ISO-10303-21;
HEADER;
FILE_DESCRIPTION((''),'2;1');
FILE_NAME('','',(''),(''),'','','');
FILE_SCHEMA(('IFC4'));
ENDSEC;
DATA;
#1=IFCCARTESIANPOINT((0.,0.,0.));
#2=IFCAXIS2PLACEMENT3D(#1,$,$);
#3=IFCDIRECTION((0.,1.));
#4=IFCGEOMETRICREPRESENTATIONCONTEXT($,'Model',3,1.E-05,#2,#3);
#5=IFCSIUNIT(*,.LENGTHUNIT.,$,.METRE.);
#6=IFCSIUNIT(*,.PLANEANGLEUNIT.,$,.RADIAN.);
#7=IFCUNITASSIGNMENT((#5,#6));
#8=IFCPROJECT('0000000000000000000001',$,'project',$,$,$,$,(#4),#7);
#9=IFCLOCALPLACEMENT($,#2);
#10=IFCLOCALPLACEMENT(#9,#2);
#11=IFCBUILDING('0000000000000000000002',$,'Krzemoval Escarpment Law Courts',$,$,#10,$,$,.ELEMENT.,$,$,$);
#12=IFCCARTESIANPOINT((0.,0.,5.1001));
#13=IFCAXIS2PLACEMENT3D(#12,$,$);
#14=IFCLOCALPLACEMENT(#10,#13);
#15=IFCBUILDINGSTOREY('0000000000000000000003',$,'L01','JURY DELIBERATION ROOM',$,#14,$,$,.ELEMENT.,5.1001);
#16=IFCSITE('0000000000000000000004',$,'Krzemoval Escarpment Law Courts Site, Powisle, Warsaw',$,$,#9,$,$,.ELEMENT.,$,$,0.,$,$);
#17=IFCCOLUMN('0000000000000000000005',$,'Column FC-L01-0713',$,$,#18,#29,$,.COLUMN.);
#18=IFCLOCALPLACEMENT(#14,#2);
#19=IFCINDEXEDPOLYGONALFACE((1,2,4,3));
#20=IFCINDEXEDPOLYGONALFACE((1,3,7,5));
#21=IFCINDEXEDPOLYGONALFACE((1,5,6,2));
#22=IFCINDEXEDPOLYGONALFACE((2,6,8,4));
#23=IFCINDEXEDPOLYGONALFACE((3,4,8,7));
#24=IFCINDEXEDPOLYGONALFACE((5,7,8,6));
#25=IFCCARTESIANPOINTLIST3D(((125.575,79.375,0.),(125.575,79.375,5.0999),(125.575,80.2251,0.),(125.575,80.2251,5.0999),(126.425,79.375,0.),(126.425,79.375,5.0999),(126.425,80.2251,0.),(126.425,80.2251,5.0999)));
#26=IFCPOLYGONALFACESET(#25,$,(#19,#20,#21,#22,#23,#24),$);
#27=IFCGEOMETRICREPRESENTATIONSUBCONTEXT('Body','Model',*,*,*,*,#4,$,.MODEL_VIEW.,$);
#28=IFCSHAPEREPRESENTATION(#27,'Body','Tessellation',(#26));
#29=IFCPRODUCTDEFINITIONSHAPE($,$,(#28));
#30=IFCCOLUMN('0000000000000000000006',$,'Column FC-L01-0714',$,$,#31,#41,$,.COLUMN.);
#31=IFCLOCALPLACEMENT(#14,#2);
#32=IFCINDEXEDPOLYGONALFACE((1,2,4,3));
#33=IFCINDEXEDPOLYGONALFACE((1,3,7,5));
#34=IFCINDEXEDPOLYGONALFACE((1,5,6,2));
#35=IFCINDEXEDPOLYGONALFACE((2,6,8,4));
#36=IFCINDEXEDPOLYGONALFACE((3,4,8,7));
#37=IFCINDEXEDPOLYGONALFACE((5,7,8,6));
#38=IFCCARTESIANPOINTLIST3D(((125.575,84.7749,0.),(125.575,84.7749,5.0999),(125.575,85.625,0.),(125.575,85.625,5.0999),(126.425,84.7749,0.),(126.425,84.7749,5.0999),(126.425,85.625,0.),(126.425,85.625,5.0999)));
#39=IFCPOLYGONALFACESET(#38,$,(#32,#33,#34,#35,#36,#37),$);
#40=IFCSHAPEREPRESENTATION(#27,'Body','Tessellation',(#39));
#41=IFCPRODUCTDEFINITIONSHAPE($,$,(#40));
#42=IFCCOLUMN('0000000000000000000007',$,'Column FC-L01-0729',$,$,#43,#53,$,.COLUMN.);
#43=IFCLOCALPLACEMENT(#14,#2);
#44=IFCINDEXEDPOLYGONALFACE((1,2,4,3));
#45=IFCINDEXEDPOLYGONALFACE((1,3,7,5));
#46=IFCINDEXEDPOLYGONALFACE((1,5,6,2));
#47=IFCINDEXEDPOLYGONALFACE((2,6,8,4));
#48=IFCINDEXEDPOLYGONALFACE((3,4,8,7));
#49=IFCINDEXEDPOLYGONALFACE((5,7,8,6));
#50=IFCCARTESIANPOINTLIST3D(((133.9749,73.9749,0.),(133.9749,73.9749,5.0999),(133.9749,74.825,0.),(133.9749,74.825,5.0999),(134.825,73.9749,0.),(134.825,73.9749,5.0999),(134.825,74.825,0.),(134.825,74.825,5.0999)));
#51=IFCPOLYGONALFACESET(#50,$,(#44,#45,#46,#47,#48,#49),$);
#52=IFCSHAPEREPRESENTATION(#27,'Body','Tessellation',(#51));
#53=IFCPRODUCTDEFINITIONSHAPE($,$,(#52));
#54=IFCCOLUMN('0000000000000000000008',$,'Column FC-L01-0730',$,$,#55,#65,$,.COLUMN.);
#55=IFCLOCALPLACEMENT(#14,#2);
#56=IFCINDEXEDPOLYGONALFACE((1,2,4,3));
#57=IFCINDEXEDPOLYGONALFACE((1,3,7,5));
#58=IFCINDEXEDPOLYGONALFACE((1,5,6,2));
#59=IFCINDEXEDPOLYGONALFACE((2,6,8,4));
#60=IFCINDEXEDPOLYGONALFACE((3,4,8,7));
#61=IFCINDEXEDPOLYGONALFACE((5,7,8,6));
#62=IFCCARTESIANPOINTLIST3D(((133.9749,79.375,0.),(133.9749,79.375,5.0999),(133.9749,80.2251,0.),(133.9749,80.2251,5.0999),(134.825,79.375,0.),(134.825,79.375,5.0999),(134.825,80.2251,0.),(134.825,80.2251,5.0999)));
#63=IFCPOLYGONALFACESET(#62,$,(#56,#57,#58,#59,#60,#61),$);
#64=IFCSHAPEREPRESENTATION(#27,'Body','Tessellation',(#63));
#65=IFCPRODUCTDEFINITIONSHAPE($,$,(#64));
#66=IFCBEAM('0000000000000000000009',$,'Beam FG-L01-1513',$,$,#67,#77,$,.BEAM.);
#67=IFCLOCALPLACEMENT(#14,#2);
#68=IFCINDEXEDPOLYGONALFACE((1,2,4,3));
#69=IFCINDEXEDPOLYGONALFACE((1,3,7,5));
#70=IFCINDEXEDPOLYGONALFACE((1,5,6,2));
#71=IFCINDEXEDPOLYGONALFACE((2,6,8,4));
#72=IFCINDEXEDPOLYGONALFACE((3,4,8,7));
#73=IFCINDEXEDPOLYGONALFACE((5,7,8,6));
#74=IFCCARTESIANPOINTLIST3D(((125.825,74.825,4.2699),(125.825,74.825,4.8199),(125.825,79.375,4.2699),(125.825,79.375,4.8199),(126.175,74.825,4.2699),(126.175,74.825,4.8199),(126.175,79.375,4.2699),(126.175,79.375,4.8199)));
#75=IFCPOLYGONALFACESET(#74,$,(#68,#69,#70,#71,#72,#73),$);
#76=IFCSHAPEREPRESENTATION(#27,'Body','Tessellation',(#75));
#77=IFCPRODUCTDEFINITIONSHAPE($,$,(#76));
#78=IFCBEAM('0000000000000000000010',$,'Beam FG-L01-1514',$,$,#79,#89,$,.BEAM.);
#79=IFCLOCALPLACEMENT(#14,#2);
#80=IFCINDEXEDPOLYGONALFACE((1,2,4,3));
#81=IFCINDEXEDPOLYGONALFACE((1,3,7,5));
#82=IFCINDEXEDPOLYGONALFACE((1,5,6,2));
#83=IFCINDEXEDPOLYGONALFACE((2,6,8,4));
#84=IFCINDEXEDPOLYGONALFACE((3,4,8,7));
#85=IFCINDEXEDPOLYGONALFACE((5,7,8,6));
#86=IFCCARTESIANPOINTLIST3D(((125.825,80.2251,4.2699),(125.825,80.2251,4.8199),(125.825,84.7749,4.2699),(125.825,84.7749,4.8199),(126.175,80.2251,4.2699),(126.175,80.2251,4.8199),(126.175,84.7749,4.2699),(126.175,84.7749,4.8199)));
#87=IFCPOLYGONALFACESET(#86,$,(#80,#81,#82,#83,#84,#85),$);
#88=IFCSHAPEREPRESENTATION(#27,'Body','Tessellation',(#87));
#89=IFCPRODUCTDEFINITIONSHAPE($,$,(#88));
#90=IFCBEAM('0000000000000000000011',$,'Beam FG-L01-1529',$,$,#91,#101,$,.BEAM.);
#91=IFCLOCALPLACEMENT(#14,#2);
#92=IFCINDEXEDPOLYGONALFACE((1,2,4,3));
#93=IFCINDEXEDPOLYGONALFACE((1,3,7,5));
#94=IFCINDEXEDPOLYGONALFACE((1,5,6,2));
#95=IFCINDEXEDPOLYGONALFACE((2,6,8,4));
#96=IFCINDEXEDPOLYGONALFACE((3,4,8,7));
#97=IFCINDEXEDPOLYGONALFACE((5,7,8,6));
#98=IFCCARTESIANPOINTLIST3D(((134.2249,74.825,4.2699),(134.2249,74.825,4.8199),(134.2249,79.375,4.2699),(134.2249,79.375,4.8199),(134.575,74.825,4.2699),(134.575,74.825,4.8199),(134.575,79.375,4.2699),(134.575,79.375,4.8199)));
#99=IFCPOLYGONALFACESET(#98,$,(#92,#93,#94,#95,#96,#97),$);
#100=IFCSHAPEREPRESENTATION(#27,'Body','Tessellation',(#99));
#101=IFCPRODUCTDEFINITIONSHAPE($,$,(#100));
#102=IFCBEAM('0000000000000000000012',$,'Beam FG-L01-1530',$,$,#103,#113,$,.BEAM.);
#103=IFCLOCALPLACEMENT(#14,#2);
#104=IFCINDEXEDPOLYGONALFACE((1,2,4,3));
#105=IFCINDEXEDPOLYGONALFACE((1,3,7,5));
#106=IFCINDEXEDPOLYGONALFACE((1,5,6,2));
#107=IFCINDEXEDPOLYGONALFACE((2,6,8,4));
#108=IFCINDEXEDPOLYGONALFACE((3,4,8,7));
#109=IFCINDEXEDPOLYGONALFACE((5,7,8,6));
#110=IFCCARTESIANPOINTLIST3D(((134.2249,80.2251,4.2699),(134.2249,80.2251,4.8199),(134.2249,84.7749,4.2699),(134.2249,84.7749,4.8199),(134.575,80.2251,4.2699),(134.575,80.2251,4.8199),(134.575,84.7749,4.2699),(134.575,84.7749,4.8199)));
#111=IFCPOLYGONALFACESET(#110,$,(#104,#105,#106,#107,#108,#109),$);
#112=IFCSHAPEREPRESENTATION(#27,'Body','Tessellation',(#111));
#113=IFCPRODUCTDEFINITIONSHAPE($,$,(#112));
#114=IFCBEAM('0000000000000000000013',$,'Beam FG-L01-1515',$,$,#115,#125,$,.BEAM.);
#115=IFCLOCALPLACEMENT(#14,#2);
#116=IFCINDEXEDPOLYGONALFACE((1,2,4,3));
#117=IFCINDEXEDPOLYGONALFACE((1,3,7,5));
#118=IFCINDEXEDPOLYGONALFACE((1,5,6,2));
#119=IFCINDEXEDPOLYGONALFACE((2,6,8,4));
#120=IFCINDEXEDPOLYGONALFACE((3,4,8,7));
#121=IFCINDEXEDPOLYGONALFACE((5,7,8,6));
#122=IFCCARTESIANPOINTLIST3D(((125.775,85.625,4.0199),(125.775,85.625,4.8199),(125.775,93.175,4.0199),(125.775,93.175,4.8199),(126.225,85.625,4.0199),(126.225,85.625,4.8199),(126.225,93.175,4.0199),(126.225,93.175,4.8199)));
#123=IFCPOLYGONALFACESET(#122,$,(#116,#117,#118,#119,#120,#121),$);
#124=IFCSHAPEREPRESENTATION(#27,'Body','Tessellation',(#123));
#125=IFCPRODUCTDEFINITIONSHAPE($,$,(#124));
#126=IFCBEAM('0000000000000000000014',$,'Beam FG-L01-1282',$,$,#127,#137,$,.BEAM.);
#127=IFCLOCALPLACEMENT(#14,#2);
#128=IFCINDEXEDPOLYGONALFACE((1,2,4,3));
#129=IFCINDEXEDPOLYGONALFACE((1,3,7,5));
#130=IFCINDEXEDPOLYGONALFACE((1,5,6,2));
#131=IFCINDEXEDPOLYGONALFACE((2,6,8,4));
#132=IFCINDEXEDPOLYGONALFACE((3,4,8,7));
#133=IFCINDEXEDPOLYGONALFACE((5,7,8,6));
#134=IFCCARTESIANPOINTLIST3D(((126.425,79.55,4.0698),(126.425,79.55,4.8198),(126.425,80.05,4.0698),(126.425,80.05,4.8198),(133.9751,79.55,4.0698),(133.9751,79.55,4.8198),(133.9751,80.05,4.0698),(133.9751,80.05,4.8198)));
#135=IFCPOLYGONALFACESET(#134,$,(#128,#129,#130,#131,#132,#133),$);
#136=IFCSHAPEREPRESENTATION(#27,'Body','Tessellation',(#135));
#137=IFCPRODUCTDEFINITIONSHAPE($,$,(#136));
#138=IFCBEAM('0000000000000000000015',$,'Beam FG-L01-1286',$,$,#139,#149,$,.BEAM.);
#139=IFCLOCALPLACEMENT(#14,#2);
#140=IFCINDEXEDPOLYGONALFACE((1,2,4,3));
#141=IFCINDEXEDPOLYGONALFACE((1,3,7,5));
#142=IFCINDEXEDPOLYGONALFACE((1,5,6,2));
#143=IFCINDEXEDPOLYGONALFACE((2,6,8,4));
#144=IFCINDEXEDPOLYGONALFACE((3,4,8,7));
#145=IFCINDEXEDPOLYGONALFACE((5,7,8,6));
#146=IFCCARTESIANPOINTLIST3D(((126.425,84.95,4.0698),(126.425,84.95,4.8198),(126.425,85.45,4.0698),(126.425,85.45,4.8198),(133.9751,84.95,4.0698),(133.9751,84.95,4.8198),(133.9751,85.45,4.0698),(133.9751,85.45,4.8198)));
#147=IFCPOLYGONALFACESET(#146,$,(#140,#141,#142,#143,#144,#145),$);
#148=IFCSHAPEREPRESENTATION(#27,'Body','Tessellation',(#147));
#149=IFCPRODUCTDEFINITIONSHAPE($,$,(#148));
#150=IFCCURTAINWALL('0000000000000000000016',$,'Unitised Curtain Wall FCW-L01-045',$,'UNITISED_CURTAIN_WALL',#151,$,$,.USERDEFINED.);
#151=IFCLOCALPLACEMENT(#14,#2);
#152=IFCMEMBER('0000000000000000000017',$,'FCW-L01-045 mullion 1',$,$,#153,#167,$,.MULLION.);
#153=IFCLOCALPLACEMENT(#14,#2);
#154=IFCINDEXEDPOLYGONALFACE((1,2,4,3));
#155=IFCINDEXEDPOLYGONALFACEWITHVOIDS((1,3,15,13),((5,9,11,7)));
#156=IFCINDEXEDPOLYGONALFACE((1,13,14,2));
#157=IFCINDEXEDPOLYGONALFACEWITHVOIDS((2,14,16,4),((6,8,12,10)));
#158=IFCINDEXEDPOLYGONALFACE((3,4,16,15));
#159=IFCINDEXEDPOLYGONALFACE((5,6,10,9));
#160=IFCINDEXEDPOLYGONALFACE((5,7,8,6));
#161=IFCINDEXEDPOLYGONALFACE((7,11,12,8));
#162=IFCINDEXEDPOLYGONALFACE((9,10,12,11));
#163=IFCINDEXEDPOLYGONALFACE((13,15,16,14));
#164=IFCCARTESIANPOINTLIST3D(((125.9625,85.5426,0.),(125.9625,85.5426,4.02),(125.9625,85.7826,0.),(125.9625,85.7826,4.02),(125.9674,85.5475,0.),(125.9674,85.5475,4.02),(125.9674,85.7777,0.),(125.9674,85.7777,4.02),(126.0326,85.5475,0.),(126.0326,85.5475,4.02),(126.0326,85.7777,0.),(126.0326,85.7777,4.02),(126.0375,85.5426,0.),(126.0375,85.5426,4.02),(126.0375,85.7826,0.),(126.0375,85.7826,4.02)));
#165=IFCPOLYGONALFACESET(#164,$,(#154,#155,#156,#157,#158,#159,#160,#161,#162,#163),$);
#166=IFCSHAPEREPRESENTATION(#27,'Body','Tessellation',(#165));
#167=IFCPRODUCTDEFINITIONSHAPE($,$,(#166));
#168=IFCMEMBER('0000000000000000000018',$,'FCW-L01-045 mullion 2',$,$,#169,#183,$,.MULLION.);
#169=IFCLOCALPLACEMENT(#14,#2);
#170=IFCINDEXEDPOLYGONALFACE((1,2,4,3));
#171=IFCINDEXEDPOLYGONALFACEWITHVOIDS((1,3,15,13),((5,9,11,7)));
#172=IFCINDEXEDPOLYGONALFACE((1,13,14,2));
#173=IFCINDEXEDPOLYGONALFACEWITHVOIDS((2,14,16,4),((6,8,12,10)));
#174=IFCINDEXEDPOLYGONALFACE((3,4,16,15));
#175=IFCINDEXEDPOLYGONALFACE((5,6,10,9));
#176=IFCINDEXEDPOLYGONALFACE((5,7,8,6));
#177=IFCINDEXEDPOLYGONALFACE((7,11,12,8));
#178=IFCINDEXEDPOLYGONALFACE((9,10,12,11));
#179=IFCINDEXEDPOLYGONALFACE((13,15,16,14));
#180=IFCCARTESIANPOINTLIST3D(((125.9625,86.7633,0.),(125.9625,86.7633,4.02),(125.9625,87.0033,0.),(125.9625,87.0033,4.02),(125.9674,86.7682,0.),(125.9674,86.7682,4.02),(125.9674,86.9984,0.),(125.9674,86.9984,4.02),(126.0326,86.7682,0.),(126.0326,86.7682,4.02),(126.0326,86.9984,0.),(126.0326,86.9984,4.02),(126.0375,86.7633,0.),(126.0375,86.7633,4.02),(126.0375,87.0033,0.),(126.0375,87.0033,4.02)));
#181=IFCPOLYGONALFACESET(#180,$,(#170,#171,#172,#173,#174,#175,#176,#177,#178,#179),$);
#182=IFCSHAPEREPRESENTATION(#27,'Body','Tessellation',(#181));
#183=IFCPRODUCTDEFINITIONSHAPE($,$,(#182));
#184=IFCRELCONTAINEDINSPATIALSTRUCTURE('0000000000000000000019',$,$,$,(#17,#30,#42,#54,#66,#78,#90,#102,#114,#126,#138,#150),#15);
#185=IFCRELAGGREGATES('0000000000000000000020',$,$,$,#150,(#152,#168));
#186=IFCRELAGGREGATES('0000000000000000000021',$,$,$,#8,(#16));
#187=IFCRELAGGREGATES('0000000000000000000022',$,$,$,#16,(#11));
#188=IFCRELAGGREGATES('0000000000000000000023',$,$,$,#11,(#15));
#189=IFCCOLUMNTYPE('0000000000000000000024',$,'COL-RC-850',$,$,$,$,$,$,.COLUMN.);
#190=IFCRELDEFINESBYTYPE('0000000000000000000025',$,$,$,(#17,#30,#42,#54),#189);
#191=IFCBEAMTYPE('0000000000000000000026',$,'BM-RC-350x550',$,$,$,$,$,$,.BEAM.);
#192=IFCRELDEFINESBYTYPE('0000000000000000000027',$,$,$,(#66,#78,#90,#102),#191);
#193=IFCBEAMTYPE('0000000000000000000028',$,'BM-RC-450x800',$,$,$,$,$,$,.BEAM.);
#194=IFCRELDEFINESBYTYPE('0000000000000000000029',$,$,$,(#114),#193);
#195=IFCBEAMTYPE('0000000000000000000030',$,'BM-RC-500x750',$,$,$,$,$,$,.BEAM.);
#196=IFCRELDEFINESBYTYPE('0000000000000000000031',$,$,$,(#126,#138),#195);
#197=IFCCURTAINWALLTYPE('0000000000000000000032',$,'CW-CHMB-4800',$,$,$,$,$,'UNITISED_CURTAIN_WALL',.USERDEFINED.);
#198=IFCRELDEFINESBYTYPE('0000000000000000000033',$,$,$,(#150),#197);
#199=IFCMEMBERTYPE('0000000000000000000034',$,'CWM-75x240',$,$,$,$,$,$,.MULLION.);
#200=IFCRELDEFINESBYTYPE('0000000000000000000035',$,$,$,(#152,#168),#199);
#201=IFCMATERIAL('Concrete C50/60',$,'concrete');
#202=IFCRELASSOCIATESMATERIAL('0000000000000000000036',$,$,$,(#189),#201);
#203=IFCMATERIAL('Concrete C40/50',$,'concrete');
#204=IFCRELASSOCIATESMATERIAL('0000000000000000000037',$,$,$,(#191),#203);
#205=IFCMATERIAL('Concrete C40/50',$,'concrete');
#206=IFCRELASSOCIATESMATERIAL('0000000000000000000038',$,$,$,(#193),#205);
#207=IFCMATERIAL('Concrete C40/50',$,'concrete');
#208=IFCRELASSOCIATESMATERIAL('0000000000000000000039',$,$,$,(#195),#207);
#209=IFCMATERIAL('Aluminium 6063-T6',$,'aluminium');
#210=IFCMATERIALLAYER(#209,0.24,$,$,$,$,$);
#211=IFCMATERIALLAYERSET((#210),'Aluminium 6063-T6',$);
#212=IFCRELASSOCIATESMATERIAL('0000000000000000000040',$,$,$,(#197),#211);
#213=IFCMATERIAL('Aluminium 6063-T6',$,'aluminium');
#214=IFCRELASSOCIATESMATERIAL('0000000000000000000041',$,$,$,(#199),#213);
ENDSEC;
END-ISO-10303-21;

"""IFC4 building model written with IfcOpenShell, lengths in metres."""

from ifc_helpers import new_model, si_unit, direction, frame, origin, origin_2d, place, context, subcontext, project, spatial, rectangle, hollow_rectangle, extrude, material, layer, layer_set, material_profile, profile_set, type_object, element, aggregate, save


model = new_model("IFC4")

# Units and contexts
model_context = context("Model", 3, precision=1e-05, world=origin(), true_north=direction((0.0, 1.0)))
body_context = subcontext(model_context, "Body", "Model", "MODEL_VIEW")
ifc_project = project(units=[si_unit("LENGTHUNIT", "METRE"), si_unit("PLANEANGLEUNIT", "RADIAN")], contexts=[model_context])

# Site, building, storey
site_placement = place(None, origin())
site = spatial("IfcSite", under=ifc_project, at=site_placement, Name="Krzemoval Escarpment Law Courts Site, Powisle, Warsaw", CompositionType="ELEMENT", RefElevation=0.0)
building_placement = place(site_placement, origin())
building = spatial("IfcBuilding", under=site, at=building_placement, Name="Krzemoval Escarpment Law Courts", CompositionType="ELEMENT")
storey_placement = place(building_placement, frame((0.0, 0.0, 5.1001)))
storey = spatial("IfcBuildingStorey", under=building, at=storey_placement, Name="L01", Description="JURY DELIBERATION ROOM", CompositionType="ELEMENT", Elevation=5.1001)

# Columns
ifc_material_1 = material(Name="Concrete C50/60", Category="concrete")
ifc_material_profile_1 = material_profile(ifc_material_1, rectangle(XDim=0.8501, YDim=0.8501, at=origin_2d()), Name="RC 850x850")
ifc_profile_set_1 = profile_set([ifc_material_profile_1], Name="Concrete C50/60")
column_type = type_object("IfcColumnType", Name="COL-RC-850", PredefinedType="COLUMN", material=ifc_profile_set_1)
for number, where, z_axis, x_axis, name in (
    (1, (126.0, 79.8, 0.0), (0.0, 0.0, 1.0), (1.0, 0.0, 0.0), "Column FC-L01-0713"),
    (2, (126.0, 85.2, 0.0), (0.0, 0.0, 1.0), (1.0, 0.0, 0.0), "Column FC-L01-0714"),
    (3, (134.3999, 74.3999, 0.0), (0.0, 0.0, 1.0), (1.0, 0.0, 0.0), "Column FC-L01-0729"),
    (4, (134.3999, 79.8, 0.0), (0.0, 0.0, 1.0), (1.0, 0.0, 0.0), "Column FC-L01-0730"),
):
    element("IfcColumn", number, at=place(storey_placement, frame(where, z_axis=z_axis, x_axis=x_axis)), inside=storey, type_object=column_type, Name=name, PredefinedType="COLUMN", context=body_context, shape_type="SweptSolid", body=[
        extrude(rectangle(XDim=0.8501, YDim=0.8501, at=origin_2d()), origin(), (0.0, 0.0, 1.0), 5.0999),
    ])

# Beams
ifc_material_2 = material(Name="Concrete C40/50", Category="concrete")
ifc_material_profile_2 = material_profile(ifc_material_2, rectangle(XDim=0.3501, YDim=0.55, at=origin_2d()), Name="RCB 350x550")
ifc_profile_set_2 = profile_set([ifc_material_profile_2], Name="Concrete C40/50")
beam_type_1 = type_object("IfcBeamType", Name="BM-RC-350x550", PredefinedType="BEAM", material=ifc_profile_set_2)
beam_1_placement = place(storey_placement, frame((126.0, 74.825, 4.5449), z_axis=(0.0, 1.0, 0.0), x_axis=(-1.0, 0.0, 0.0)))
element("IfcBeam", 5, at=beam_1_placement, inside=storey, type_object=beam_type_1, Name="Beam FG-L01-1513", PredefinedType="BEAM", context=body_context, shape_type="SweptSolid", body=[
    extrude(rectangle(XDim=0.3501, YDim=0.55, at=origin_2d()), origin(), (0.0, 0.0, 1.0), 4.55),
])
beam_2_placement = place(storey_placement, frame((126.0, 80.2251, 4.5449), z_axis=(0.0, 1.0, 0.0), x_axis=(-1.0, 0.0, 0.0)))
element("IfcBeam", 6, at=beam_2_placement, inside=storey, type_object=beam_type_1, Name="Beam FG-L01-1514", PredefinedType="BEAM", context=body_context, shape_type="SweptSolid", body=[
    extrude(rectangle(XDim=0.3501, YDim=0.55, at=origin_2d()), origin(), (0.0, 0.0, 1.0), 4.5498),
])
beam_3_placement = place(storey_placement, frame((134.3999, 74.825, 4.5449), z_axis=(0.0, 1.0, 0.0), x_axis=(-1.0, 0.0, 0.0)))
element("IfcBeam", 7, at=beam_3_placement, inside=storey, type_object=beam_type_1, Name="Beam FG-L01-1529", PredefinedType="BEAM", context=body_context, shape_type="SweptSolid", body=[
    extrude(rectangle(XDim=0.3501, YDim=0.55, at=origin_2d()), origin(), (0.0, 0.0, 1.0), 4.55),
])
beam_4_placement = place(storey_placement, frame((134.3999, 80.2251, 4.5449), z_axis=(0.0, 1.0, 0.0), x_axis=(-1.0, 0.0, 0.0)))
element("IfcBeam", 8, at=beam_4_placement, inside=storey, type_object=beam_type_1, Name="Beam FG-L01-1530", PredefinedType="BEAM", context=body_context, shape_type="SweptSolid", body=[
    extrude(rectangle(XDim=0.3501, YDim=0.55, at=origin_2d()), origin(), (0.0, 0.0, 1.0), 4.5498),
])
ifc_material_3 = material(Name="Concrete C40/50", Category="concrete")
ifc_material_profile_3 = material_profile(ifc_material_3, rectangle(XDim=0.45, YDim=0.8, at=origin_2d()), Name="RCB 450x800")
ifc_profile_set_3 = profile_set([ifc_material_profile_3], Name="Concrete C40/50")
beam_type_2 = type_object("IfcBeamType", Name="BM-RC-450x800", PredefinedType="BEAM", material=ifc_profile_set_3)
beam_5_placement = place(storey_placement, frame((126.0, 85.625, 4.4199), z_axis=(0.0, 1.0, 0.0), x_axis=(-1.0, 0.0, 0.0)))
element("IfcBeam", 9, at=beam_5_placement, inside=storey, type_object=beam_type_2, Name="Beam FG-L01-1515", PredefinedType="BEAM", context=body_context, shape_type="SweptSolid", body=[
    extrude(rectangle(XDim=0.45, YDim=0.8, at=origin_2d()), origin(), (0.0, 0.0, 1.0), 7.55),
])
ifc_material_4 = material(Name="Concrete C40/50", Category="concrete")
ifc_material_profile_4 = material_profile(ifc_material_4, rectangle(XDim=0.5, YDim=0.75, at=origin_2d()), Name="RCB 500x750")
ifc_profile_set_4 = profile_set([ifc_material_profile_4], Name="Concrete C40/50")
beam_type_3 = type_object("IfcBeamType", Name="BM-RC-500x750", PredefinedType="BEAM", material=ifc_profile_set_4)
for number, where, z_axis, x_axis, name in (
    (10, (126.425, 79.8, 4.4448), (1.0, 0.0, 0.0), (0.0, 1.0, 0.0), "Beam FG-L01-1282"),
    (11, (126.425, 85.2, 4.4448), (1.0, 0.0, 0.0), (0.0, 1.0, 0.0), "Beam FG-L01-1286"),
):
    element("IfcBeam", number, at=place(storey_placement, frame(where, z_axis=z_axis, x_axis=x_axis)), inside=storey, type_object=beam_type_3, Name=name, PredefinedType="BEAM", context=body_context, shape_type="SweptSolid", body=[
        extrude(rectangle(XDim=0.5, YDim=0.75, at=origin_2d()), origin(), (0.0, 0.0, 1.0), 7.55),
    ])

# Curtain wall, members
ifc_material_5 = material(Name="Aluminium 6063-T6", Category="aluminium")
ifc_layer_1 = layer(ifc_material_5, 0.24)
ifc_layer_set_1 = layer_set([ifc_layer_1], Name="Aluminium 6063-T6")
curtain_wall_type = type_object("IfcCurtainWallType", Name="CW-CHMB-4800", ElementType="UNITISED_CURTAIN_WALL", PredefinedType="USERDEFINED", material=ifc_layer_set_1)
curtain_wall_placement = place(storey_placement, origin())
curtain_wall = element("IfcCurtainWall", 12, at=curtain_wall_placement, inside=storey, type_object=curtain_wall_type, Name="Unitised Curtain Wall FCW-L01-045", ObjectType="UNITISED_CURTAIN_WALL", PredefinedType="USERDEFINED")
ifc_material_6 = material(Name="Aluminium 6063-T6", Category="aluminium")
ifc_material_profile_5 = material_profile(ifc_material_6, hollow_rectangle(XDim=0.075, YDim=0.24, WallThickness=0.0049, at=origin_2d()), Name="ALU M75x240")
ifc_profile_set_5 = profile_set([ifc_material_profile_5], Name="Aluminium 6063-T6")
member_type_1 = type_object("IfcMemberType", Name="CWM-75x240", PredefinedType="MULLION", material=ifc_profile_set_5)
member_1_placement = place(storey_placement, frame((126.0, 85.6626, 0.0), z_axis=(0.0, 0.0, 1.0), x_axis=(-1.0, 0.0, 0.0)))
member_1 = element("IfcMember", 13, at=member_1_placement, type_object=member_type_1, Name="FCW-L01-045 mullion 1", PredefinedType="MULLION", context=body_context, shape_type="SweptSolid", body=[
    extrude(hollow_rectangle(XDim=0.075, YDim=0.24, WallThickness=0.0049, at=origin_2d()), origin(), (0.0, 0.0, 1.0), 4.02),
])
member_2_placement = place(storey_placement, frame((126.0, 86.8833, 0.0), z_axis=(0.0, 0.0, 1.0), x_axis=(-1.0, 0.0, 0.0)))
member_2 = element("IfcMember", 14, at=member_2_placement, type_object=member_type_1, Name="FCW-L01-045 mullion 2", PredefinedType="MULLION", context=body_context, shape_type="SweptSolid", body=[
    extrude(hollow_rectangle(XDim=0.075, YDim=0.24, WallThickness=0.0049, at=origin_2d()), origin(), (0.0, 0.0, 1.0), 4.02),
])

aggregate(curtain_wall, [member_1, member_2])

save(model, "model.ifc")
